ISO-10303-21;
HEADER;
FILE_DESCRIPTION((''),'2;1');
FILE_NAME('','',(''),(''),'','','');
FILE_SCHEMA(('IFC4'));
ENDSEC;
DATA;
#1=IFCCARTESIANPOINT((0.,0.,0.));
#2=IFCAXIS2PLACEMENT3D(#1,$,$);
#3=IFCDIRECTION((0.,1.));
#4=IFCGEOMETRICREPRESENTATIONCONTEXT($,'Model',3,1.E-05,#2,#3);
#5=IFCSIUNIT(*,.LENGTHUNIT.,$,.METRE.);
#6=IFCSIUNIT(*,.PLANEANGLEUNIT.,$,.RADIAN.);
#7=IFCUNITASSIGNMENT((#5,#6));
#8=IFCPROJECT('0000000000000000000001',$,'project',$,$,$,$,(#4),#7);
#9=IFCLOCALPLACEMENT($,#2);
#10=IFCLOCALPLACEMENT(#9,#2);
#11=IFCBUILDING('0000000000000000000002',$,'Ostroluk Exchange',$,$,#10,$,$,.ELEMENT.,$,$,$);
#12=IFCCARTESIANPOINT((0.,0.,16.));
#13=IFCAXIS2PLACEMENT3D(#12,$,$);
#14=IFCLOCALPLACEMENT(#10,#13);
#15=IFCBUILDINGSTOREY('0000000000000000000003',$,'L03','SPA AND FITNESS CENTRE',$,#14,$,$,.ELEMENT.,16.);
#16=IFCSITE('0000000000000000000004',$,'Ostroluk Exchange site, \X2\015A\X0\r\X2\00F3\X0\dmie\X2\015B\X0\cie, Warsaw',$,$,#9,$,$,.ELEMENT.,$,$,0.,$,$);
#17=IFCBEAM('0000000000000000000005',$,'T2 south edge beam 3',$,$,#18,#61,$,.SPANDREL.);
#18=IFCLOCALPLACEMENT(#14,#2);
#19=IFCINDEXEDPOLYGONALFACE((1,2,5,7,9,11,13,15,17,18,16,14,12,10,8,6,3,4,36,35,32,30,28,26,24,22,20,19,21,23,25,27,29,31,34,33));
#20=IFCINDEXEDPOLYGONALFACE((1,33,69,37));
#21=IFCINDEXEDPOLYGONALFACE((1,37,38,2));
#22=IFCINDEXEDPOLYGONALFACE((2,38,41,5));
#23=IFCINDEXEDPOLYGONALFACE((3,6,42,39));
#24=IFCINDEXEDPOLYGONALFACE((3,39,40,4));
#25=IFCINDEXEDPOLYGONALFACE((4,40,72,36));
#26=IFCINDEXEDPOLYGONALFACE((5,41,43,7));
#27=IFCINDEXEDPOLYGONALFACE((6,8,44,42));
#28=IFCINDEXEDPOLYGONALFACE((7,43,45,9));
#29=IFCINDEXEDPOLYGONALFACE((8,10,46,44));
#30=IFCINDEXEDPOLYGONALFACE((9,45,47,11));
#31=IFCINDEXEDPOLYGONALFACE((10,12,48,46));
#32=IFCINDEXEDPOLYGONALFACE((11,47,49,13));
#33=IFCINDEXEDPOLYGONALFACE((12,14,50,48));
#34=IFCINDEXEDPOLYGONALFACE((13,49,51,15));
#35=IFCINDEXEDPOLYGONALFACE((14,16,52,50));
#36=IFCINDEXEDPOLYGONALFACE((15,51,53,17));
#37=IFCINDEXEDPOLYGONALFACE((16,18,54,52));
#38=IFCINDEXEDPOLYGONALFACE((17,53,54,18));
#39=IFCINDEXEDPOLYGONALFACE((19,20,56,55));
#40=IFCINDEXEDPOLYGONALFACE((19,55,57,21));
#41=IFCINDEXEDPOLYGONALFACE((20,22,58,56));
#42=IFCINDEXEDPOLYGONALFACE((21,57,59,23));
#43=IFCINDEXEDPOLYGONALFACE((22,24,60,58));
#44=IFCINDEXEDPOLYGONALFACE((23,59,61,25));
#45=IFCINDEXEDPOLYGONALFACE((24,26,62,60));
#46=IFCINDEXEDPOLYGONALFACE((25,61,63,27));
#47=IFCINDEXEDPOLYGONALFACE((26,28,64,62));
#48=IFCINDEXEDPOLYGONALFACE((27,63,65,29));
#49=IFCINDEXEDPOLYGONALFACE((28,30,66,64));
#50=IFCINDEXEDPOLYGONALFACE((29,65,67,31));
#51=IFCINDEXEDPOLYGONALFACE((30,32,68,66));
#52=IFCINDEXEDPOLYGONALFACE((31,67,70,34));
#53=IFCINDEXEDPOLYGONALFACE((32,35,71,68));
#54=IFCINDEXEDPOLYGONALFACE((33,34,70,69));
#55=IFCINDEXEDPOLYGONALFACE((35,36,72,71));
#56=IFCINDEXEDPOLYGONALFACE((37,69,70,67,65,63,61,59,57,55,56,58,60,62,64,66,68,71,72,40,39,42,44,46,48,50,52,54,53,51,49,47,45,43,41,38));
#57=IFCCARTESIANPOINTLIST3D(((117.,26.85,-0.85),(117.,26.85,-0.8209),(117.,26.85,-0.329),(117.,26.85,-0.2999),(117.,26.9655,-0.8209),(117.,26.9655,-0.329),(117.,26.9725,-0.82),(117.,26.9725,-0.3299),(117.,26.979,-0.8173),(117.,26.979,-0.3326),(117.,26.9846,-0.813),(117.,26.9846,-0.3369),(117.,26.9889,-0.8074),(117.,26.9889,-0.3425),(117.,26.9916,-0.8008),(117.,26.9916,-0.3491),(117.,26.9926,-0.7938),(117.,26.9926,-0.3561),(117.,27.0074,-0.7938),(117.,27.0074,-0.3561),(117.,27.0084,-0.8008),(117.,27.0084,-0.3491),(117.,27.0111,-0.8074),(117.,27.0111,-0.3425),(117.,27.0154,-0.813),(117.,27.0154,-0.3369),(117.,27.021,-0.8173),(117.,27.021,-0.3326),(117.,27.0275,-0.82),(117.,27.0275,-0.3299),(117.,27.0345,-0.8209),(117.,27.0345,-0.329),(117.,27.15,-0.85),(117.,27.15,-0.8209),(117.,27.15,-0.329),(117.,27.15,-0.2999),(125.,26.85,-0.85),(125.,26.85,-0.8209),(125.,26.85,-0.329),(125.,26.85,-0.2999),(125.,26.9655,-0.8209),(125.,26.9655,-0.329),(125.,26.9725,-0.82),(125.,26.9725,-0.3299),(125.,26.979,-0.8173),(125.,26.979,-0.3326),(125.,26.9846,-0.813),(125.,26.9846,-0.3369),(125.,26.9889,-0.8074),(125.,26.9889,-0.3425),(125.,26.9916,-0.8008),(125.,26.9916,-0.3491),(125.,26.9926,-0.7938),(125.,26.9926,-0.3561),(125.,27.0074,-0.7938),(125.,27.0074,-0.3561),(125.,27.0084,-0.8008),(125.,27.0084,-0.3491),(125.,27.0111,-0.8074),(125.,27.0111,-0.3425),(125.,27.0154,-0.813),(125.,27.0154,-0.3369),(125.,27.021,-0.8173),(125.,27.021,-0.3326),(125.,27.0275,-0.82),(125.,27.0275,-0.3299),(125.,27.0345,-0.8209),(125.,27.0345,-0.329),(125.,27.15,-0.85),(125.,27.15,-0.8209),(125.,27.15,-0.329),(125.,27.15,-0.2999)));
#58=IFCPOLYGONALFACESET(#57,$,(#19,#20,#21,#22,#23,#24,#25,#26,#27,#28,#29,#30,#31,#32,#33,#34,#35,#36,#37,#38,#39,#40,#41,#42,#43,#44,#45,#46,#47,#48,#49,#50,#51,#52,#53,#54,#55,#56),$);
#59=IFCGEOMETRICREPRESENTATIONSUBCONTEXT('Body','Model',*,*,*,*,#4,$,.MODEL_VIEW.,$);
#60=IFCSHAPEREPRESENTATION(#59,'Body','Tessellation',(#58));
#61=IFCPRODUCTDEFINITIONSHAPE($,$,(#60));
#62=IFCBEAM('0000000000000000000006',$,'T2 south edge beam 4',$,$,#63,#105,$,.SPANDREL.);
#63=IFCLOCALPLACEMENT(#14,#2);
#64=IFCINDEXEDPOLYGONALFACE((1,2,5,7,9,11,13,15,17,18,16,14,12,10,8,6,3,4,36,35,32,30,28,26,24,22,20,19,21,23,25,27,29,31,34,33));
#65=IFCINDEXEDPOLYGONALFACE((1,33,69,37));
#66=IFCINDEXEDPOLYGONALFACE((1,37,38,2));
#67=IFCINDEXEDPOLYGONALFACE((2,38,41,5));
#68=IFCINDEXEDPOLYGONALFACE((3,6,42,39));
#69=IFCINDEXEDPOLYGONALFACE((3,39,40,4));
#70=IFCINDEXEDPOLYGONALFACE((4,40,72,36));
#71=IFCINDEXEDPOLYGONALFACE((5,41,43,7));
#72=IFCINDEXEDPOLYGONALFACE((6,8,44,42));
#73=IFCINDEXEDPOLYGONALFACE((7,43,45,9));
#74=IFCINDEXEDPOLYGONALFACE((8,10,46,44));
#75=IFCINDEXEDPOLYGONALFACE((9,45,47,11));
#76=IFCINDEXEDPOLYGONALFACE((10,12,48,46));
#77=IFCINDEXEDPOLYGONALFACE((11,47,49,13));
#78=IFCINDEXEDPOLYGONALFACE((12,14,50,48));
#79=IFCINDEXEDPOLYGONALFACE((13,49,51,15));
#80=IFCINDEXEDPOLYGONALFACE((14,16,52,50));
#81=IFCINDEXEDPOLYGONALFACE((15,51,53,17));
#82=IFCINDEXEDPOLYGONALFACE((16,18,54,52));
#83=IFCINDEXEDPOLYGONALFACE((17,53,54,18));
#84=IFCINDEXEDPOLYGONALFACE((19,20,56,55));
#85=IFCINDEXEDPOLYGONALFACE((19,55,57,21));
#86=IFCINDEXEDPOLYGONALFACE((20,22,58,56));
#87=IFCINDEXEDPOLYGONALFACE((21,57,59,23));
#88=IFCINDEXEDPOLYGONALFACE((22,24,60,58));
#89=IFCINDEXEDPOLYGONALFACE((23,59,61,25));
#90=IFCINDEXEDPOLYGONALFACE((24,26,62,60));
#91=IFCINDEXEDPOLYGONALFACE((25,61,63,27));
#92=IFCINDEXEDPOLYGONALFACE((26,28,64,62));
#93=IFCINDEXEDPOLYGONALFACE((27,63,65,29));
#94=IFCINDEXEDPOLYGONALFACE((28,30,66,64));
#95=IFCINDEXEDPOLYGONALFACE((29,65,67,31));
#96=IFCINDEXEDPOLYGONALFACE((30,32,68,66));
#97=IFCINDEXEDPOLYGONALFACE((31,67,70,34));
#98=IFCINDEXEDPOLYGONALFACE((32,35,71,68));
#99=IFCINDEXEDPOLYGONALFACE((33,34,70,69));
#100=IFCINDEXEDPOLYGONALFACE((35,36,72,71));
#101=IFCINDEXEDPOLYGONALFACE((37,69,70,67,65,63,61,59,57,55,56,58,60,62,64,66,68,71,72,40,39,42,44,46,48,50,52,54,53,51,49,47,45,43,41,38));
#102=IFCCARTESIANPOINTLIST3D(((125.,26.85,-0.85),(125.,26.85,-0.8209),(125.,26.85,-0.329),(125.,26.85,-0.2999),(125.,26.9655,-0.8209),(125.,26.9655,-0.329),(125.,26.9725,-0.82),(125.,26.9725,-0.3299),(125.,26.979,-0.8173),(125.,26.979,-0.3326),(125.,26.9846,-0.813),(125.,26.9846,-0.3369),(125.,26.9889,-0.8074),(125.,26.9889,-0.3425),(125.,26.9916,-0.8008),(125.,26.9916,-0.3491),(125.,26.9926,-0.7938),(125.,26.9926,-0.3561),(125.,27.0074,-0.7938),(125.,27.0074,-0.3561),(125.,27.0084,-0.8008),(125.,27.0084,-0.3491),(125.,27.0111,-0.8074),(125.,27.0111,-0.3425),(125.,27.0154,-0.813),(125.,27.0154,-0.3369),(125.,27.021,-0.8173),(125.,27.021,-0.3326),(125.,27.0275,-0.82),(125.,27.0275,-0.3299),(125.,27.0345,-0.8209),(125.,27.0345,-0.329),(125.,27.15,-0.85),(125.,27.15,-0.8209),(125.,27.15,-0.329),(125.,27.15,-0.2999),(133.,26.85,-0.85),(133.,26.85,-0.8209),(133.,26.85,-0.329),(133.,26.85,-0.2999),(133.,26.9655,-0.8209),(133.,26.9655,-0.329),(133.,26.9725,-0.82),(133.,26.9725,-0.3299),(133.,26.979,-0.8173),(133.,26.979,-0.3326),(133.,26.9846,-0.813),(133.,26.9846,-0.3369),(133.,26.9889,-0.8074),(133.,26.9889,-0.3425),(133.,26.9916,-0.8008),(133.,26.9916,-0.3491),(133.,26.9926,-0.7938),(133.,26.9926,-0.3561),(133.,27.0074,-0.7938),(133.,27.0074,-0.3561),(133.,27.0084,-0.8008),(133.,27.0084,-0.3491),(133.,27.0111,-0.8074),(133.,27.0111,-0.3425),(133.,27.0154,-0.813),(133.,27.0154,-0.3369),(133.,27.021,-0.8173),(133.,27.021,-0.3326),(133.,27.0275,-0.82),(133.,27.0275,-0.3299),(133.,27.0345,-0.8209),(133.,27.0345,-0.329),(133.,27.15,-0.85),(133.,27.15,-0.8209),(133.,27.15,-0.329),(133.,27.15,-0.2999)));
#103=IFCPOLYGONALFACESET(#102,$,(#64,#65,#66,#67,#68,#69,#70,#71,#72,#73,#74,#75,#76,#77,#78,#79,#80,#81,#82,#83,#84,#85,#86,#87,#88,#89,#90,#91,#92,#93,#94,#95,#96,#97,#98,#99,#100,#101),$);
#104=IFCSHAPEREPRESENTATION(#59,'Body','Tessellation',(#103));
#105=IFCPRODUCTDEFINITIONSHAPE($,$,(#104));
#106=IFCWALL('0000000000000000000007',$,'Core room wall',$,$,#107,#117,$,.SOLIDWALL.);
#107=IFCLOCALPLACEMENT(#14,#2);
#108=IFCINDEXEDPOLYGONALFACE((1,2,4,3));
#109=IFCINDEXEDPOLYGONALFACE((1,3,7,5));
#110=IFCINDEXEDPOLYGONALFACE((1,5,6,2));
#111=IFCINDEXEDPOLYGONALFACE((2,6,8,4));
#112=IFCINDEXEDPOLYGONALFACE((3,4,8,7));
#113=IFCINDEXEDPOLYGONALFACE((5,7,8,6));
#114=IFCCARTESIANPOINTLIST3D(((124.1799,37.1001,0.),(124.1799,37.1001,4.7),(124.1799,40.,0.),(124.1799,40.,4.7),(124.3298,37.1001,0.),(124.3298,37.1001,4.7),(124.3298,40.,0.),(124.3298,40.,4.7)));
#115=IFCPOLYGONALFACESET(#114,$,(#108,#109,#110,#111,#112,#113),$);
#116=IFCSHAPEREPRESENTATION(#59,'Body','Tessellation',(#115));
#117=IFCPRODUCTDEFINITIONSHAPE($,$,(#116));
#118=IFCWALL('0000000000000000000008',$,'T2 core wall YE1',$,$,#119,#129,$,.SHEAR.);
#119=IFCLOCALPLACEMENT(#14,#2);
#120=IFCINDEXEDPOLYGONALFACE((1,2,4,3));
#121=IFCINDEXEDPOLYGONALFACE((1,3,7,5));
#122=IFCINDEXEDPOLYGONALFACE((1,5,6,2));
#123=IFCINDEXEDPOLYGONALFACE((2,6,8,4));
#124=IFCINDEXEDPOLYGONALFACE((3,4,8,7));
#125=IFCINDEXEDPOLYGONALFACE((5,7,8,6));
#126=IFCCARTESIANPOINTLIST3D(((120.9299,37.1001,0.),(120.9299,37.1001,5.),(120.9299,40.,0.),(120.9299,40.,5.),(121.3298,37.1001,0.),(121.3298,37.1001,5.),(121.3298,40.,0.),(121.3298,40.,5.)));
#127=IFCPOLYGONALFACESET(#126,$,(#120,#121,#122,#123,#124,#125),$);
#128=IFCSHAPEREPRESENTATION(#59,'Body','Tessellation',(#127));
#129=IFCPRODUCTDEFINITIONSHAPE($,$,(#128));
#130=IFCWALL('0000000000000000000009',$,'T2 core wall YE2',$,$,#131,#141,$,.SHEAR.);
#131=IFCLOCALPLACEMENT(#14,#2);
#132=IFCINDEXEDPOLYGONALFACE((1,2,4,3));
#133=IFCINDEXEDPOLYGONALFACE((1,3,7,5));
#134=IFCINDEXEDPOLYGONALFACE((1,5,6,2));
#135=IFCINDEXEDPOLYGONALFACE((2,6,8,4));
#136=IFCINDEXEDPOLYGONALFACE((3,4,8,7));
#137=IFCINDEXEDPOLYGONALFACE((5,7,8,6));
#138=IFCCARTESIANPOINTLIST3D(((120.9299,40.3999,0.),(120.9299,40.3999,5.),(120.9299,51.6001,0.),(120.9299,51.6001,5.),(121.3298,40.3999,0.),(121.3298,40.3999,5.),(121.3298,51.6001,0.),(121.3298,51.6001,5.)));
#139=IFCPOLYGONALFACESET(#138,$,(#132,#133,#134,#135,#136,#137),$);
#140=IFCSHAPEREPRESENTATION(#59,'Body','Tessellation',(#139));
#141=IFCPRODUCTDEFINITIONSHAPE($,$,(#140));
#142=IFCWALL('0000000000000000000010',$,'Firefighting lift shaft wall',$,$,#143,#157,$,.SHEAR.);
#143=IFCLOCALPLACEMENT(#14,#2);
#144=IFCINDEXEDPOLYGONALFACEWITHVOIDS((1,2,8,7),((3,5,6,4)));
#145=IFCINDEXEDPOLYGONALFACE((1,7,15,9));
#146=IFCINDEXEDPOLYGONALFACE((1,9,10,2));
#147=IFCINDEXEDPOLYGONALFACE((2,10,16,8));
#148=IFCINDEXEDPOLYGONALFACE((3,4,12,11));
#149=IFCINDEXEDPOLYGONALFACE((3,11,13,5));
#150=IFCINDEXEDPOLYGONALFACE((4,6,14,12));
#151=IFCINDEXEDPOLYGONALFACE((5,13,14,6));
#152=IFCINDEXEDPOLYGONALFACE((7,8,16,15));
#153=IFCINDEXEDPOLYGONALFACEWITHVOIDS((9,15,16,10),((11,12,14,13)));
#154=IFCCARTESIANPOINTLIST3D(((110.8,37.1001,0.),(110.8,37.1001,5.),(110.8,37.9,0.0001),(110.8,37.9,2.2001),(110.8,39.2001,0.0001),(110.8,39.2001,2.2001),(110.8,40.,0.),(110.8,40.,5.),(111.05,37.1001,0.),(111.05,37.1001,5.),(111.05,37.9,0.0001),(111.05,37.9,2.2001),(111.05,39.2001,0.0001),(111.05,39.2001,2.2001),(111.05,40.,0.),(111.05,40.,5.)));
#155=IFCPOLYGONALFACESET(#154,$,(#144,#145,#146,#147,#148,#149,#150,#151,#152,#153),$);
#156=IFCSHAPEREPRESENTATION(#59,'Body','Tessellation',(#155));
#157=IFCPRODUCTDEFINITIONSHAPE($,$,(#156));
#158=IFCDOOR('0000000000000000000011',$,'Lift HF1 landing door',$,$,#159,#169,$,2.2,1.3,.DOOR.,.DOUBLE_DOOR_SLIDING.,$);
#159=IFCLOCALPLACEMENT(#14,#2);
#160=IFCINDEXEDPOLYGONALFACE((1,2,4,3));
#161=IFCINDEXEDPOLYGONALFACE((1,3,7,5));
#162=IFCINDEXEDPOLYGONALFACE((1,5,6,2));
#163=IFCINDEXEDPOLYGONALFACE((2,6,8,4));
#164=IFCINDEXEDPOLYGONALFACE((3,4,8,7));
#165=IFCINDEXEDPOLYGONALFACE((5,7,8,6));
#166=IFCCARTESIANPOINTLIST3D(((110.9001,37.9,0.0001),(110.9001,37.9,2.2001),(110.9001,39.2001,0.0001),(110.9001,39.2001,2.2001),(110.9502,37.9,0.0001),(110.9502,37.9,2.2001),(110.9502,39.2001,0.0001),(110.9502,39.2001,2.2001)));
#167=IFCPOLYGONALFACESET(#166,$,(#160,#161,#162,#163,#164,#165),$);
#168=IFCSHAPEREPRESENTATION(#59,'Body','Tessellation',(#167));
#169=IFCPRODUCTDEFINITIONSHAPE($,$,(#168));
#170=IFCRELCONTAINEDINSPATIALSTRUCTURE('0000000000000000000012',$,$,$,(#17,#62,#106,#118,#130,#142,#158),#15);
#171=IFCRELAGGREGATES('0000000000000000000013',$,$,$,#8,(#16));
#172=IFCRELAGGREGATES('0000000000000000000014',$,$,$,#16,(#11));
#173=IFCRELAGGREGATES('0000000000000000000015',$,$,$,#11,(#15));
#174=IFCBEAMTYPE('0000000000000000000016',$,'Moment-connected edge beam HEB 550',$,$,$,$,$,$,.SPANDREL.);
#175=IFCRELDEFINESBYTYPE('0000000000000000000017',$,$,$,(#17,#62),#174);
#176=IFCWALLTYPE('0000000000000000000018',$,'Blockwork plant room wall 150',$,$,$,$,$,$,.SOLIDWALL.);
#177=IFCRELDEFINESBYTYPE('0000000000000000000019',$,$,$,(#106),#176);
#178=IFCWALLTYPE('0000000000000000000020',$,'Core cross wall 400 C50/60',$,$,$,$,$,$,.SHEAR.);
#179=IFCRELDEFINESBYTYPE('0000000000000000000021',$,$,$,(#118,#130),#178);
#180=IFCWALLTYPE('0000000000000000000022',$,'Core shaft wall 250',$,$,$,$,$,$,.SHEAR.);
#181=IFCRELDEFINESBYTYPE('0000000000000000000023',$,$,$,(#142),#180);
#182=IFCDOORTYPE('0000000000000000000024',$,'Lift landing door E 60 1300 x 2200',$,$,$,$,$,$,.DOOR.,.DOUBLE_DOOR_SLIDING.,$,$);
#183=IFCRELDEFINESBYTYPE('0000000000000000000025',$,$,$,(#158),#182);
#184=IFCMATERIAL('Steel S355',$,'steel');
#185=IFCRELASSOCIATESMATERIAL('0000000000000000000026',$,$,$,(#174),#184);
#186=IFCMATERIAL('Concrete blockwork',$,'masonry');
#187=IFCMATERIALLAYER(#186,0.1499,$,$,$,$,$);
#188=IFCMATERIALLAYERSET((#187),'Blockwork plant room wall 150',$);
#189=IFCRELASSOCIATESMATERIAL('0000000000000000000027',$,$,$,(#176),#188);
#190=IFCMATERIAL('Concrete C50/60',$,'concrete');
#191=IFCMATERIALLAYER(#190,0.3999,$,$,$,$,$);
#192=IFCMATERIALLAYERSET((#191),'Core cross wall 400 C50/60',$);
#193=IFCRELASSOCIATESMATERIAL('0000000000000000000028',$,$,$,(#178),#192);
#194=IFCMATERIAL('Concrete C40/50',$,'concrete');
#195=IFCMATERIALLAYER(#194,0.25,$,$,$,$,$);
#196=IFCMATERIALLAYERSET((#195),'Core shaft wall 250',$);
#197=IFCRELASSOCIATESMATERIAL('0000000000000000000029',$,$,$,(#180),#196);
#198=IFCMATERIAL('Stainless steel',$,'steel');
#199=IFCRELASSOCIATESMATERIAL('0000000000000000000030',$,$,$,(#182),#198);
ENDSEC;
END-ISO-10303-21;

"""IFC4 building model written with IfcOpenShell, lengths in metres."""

from ifc_helpers import new_model, si_unit, direction, frame, frame_2d, origin, origin_2d, place, context, subcontext, project, spatial, rectangle, i_section, extrude, material, layer, layer_set, material_profile, profile_set, type_object, element, fill, save


model = new_model("IFC4")

# Units and contexts
model_context = context("Model", 3, precision=1e-05, world=origin(), true_north=direction((0.0, 1.0)))
body_context = subcontext(model_context, "Body", "Model", "MODEL_VIEW")
ifc_project = project(units=[si_unit("LENGTHUNIT", "METRE"), si_unit("PLANEANGLEUNIT", "RADIAN")], contexts=[model_context])

# Site, building, storey
site_placement = place(None, origin())
site = spatial("IfcSite", under=ifc_project, at=site_placement, Name="Ostroluk Exchange site, Śródmieście, Warsaw", CompositionType="ELEMENT", RefElevation=0.0)
building_placement = place(site_placement, origin())
building = spatial("IfcBuilding", under=site, at=building_placement, Name="Ostroluk Exchange", CompositionType="ELEMENT")
storey_placement = place(building_placement, frame((0.0, 0.0, 16.0)))
storey = spatial("IfcBuildingStorey", under=building, at=storey_placement, Name="L03", Description="SPA AND FITNESS CENTRE", CompositionType="ELEMENT", Elevation=16.0)

# Beams
ifc_material_1 = material(Name="Steel S355", Category="steel")
ifc_material_profile_1 = material_profile(ifc_material_1, i_section(OverallWidth=0.3, OverallDepth=0.55, WebThickness=0.0149, FlangeThickness=0.0291, FilletRadius=0.0271, at=origin_2d()), Name="HEB 550")
ifc_profile_set_1 = profile_set([ifc_material_profile_1], Name="Steel S355")
beam_type_1 = type_object("IfcBeamType", Name="Moment-connected edge beam HEB 550", PredefinedType="SPANDREL", material=ifc_profile_set_1)
for number, where, z_axis, x_axis, name in (
    (1, (117.0, 27.0, -0.575), (1.0, 0.0, 0.0), (0.0, 1.0, 0.0), "T2 south edge beam 3"),
    (2, (125.0, 27.0, -0.575), (1.0, 0.0, 0.0), (0.0, 1.0, 0.0), "T2 south edge beam 4"),
):
    element("IfcBeam", number, at=place(storey_placement, frame(where, z_axis=z_axis, x_axis=x_axis)), inside=storey, type_object=beam_type_1, Name=name, PredefinedType="SPANDREL", context=body_context, shape_type="SweptSolid", body=[
        extrude(i_section(OverallWidth=0.3, OverallDepth=0.55, WebThickness=0.0149, FlangeThickness=0.0291, FilletRadius=0.0271, at=origin_2d()), origin(), (0.0, 0.0, 1.0), 8.0),
    ])

# Walls
ifc_material_2 = material(Name="Concrete blockwork", Category="masonry")
ifc_layer_1 = layer(ifc_material_2, 0.1499)
ifc_layer_set_1 = layer_set([ifc_layer_1], Name="Blockwork plant room wall 150")
wall_type_1 = type_object("IfcWallType", Name="Blockwork plant room wall 150", PredefinedType="SOLIDWALL", material=ifc_layer_set_1)
wall_1_placement = place(storey_placement, frame((124.2549, 37.1001, 0.0), z_axis=(0.0, 0.0, 1.0), x_axis=(0.0, 1.0, 0.0)))
element("IfcWall", 3, at=wall_1_placement, inside=storey, type_object=wall_type_1, Name="Core room wall", PredefinedType="SOLIDWALL", context=body_context, shape_type="SweptSolid", body=[
    extrude(rectangle(XDim=2.8999, YDim=0.1499, at=frame_2d((1.45, 0.0))), origin(), (0.0, 0.0, 1.0), 4.7),
])
ifc_material_3 = material(Name="Concrete C50/60", Category="concrete")
ifc_layer_2 = layer(ifc_material_3, 0.3999)
ifc_layer_set_2 = layer_set([ifc_layer_2], Name="Core cross wall 400 C50/60")
wall_type_2 = type_object("IfcWallType", Name="Core cross wall 400 C50/60", PredefinedType="SHEAR", material=ifc_layer_set_2)
wall_2_placement = place(storey_placement, frame((121.1299, 37.1001, 0.0), z_axis=(0.0, 0.0, 1.0), x_axis=(0.0, 1.0, 0.0)))
element("IfcWall", 4, at=wall_2_placement, inside=storey, type_object=wall_type_2, Name="T2 core wall YE1", PredefinedType="SHEAR", context=body_context, shape_type="SweptSolid", body=[
    extrude(rectangle(XDim=2.8999, YDim=0.3999, at=frame_2d((1.45, 0.0))), origin(), (0.0, 0.0, 1.0), 5.0),
])
wall_3_placement = place(storey_placement, frame((121.1299, 40.3999, 0.0), z_axis=(0.0, 0.0, 1.0), x_axis=(0.0, 1.0, 0.0)))
element("IfcWall", 5, at=wall_3_placement, inside=storey, type_object=wall_type_2, Name="T2 core wall YE2", PredefinedType="SHEAR", context=body_context, shape_type="SweptSolid", body=[
    extrude(rectangle(XDim=11.2002, YDim=0.3999, at=frame_2d((5.6001, 0.0))), origin(), (0.0, 0.0, 1.0), 5.0),
])

# Wall, opening, door
ifc_material_4 = material(Name="Concrete C40/50", Category="concrete")
ifc_layer_3 = layer(ifc_material_4, 0.25)
ifc_layer_set_3 = layer_set([ifc_layer_3], Name="Core shaft wall 250")
wall_type_3 = type_object("IfcWallType", Name="Core shaft wall 250", PredefinedType="SHEAR", material=ifc_layer_set_3)
wall_4_placement = place(storey_placement, frame((110.925, 37.1001, 0.0), z_axis=(0.0, 0.0, 1.0), x_axis=(0.0, 1.0, 0.0)))
wall_4 = element("IfcWall", 6, at=wall_4_placement, inside=storey, type_object=wall_type_3, Name="Firefighting lift shaft wall", PredefinedType="SHEAR", context=body_context, shape_type="SweptSolid", body=[
    extrude(rectangle(XDim=2.8999, YDim=0.25, at=frame_2d((1.45, 0.0))), origin(), (0.0, 0.0, 1.0), 5.0),
])
opening_1_placement = place(wall_4_placement, frame((0.8, 0.0, 0.0)))
opening_1 = element("IfcOpeningElement", 7, at=opening_1_placement, cuts=wall_4, PredefinedType="OPENING", context=body_context, shape_type="SweptSolid", body=[
    extrude(rectangle(XDim=1.3, YDim=2.2, at=frame_2d((0.6499, 1.1001))), frame((0.0, 0.135, 0.0), z_axis=(0.0, -1.0, 0.0), x_axis=(1.0, 0.0, 0.0)), (0.0, 0.0, 1.0), 0.27),
])
ifc_material_5 = material(Name="Stainless steel", Category="steel")
door_type_1 = type_object("IfcDoorType", Name="Lift landing door E 60 1300 x 2200", OperationType="DOUBLE_DOOR_SLIDING", PredefinedType="DOOR", material=ifc_material_5)
door_1_placement = place(opening_1_placement, origin())
door_1 = element("IfcDoor", 8, at=door_1_placement, inside=storey, type_object=door_type_1, Name="Lift HF1 landing door", OperationType="DOUBLE_DOOR_SLIDING", OverallHeight=2.2, OverallWidth=1.3, PredefinedType="DOOR", context=body_context, shape_type="SweptSolid", body=[
    extrude(rectangle(XDim=1.3, YDim=2.2, at=frame_2d((0.6499, 1.1001))), frame((0.0, 0.0249, 0.0), z_axis=(0.0, -1.0, 0.0), x_axis=(1.0, 0.0, 0.0)), (0.0, 0.0, 1.0), 0.05),
])
fill(opening_1, door_1)

save(model, "model.ifc")
